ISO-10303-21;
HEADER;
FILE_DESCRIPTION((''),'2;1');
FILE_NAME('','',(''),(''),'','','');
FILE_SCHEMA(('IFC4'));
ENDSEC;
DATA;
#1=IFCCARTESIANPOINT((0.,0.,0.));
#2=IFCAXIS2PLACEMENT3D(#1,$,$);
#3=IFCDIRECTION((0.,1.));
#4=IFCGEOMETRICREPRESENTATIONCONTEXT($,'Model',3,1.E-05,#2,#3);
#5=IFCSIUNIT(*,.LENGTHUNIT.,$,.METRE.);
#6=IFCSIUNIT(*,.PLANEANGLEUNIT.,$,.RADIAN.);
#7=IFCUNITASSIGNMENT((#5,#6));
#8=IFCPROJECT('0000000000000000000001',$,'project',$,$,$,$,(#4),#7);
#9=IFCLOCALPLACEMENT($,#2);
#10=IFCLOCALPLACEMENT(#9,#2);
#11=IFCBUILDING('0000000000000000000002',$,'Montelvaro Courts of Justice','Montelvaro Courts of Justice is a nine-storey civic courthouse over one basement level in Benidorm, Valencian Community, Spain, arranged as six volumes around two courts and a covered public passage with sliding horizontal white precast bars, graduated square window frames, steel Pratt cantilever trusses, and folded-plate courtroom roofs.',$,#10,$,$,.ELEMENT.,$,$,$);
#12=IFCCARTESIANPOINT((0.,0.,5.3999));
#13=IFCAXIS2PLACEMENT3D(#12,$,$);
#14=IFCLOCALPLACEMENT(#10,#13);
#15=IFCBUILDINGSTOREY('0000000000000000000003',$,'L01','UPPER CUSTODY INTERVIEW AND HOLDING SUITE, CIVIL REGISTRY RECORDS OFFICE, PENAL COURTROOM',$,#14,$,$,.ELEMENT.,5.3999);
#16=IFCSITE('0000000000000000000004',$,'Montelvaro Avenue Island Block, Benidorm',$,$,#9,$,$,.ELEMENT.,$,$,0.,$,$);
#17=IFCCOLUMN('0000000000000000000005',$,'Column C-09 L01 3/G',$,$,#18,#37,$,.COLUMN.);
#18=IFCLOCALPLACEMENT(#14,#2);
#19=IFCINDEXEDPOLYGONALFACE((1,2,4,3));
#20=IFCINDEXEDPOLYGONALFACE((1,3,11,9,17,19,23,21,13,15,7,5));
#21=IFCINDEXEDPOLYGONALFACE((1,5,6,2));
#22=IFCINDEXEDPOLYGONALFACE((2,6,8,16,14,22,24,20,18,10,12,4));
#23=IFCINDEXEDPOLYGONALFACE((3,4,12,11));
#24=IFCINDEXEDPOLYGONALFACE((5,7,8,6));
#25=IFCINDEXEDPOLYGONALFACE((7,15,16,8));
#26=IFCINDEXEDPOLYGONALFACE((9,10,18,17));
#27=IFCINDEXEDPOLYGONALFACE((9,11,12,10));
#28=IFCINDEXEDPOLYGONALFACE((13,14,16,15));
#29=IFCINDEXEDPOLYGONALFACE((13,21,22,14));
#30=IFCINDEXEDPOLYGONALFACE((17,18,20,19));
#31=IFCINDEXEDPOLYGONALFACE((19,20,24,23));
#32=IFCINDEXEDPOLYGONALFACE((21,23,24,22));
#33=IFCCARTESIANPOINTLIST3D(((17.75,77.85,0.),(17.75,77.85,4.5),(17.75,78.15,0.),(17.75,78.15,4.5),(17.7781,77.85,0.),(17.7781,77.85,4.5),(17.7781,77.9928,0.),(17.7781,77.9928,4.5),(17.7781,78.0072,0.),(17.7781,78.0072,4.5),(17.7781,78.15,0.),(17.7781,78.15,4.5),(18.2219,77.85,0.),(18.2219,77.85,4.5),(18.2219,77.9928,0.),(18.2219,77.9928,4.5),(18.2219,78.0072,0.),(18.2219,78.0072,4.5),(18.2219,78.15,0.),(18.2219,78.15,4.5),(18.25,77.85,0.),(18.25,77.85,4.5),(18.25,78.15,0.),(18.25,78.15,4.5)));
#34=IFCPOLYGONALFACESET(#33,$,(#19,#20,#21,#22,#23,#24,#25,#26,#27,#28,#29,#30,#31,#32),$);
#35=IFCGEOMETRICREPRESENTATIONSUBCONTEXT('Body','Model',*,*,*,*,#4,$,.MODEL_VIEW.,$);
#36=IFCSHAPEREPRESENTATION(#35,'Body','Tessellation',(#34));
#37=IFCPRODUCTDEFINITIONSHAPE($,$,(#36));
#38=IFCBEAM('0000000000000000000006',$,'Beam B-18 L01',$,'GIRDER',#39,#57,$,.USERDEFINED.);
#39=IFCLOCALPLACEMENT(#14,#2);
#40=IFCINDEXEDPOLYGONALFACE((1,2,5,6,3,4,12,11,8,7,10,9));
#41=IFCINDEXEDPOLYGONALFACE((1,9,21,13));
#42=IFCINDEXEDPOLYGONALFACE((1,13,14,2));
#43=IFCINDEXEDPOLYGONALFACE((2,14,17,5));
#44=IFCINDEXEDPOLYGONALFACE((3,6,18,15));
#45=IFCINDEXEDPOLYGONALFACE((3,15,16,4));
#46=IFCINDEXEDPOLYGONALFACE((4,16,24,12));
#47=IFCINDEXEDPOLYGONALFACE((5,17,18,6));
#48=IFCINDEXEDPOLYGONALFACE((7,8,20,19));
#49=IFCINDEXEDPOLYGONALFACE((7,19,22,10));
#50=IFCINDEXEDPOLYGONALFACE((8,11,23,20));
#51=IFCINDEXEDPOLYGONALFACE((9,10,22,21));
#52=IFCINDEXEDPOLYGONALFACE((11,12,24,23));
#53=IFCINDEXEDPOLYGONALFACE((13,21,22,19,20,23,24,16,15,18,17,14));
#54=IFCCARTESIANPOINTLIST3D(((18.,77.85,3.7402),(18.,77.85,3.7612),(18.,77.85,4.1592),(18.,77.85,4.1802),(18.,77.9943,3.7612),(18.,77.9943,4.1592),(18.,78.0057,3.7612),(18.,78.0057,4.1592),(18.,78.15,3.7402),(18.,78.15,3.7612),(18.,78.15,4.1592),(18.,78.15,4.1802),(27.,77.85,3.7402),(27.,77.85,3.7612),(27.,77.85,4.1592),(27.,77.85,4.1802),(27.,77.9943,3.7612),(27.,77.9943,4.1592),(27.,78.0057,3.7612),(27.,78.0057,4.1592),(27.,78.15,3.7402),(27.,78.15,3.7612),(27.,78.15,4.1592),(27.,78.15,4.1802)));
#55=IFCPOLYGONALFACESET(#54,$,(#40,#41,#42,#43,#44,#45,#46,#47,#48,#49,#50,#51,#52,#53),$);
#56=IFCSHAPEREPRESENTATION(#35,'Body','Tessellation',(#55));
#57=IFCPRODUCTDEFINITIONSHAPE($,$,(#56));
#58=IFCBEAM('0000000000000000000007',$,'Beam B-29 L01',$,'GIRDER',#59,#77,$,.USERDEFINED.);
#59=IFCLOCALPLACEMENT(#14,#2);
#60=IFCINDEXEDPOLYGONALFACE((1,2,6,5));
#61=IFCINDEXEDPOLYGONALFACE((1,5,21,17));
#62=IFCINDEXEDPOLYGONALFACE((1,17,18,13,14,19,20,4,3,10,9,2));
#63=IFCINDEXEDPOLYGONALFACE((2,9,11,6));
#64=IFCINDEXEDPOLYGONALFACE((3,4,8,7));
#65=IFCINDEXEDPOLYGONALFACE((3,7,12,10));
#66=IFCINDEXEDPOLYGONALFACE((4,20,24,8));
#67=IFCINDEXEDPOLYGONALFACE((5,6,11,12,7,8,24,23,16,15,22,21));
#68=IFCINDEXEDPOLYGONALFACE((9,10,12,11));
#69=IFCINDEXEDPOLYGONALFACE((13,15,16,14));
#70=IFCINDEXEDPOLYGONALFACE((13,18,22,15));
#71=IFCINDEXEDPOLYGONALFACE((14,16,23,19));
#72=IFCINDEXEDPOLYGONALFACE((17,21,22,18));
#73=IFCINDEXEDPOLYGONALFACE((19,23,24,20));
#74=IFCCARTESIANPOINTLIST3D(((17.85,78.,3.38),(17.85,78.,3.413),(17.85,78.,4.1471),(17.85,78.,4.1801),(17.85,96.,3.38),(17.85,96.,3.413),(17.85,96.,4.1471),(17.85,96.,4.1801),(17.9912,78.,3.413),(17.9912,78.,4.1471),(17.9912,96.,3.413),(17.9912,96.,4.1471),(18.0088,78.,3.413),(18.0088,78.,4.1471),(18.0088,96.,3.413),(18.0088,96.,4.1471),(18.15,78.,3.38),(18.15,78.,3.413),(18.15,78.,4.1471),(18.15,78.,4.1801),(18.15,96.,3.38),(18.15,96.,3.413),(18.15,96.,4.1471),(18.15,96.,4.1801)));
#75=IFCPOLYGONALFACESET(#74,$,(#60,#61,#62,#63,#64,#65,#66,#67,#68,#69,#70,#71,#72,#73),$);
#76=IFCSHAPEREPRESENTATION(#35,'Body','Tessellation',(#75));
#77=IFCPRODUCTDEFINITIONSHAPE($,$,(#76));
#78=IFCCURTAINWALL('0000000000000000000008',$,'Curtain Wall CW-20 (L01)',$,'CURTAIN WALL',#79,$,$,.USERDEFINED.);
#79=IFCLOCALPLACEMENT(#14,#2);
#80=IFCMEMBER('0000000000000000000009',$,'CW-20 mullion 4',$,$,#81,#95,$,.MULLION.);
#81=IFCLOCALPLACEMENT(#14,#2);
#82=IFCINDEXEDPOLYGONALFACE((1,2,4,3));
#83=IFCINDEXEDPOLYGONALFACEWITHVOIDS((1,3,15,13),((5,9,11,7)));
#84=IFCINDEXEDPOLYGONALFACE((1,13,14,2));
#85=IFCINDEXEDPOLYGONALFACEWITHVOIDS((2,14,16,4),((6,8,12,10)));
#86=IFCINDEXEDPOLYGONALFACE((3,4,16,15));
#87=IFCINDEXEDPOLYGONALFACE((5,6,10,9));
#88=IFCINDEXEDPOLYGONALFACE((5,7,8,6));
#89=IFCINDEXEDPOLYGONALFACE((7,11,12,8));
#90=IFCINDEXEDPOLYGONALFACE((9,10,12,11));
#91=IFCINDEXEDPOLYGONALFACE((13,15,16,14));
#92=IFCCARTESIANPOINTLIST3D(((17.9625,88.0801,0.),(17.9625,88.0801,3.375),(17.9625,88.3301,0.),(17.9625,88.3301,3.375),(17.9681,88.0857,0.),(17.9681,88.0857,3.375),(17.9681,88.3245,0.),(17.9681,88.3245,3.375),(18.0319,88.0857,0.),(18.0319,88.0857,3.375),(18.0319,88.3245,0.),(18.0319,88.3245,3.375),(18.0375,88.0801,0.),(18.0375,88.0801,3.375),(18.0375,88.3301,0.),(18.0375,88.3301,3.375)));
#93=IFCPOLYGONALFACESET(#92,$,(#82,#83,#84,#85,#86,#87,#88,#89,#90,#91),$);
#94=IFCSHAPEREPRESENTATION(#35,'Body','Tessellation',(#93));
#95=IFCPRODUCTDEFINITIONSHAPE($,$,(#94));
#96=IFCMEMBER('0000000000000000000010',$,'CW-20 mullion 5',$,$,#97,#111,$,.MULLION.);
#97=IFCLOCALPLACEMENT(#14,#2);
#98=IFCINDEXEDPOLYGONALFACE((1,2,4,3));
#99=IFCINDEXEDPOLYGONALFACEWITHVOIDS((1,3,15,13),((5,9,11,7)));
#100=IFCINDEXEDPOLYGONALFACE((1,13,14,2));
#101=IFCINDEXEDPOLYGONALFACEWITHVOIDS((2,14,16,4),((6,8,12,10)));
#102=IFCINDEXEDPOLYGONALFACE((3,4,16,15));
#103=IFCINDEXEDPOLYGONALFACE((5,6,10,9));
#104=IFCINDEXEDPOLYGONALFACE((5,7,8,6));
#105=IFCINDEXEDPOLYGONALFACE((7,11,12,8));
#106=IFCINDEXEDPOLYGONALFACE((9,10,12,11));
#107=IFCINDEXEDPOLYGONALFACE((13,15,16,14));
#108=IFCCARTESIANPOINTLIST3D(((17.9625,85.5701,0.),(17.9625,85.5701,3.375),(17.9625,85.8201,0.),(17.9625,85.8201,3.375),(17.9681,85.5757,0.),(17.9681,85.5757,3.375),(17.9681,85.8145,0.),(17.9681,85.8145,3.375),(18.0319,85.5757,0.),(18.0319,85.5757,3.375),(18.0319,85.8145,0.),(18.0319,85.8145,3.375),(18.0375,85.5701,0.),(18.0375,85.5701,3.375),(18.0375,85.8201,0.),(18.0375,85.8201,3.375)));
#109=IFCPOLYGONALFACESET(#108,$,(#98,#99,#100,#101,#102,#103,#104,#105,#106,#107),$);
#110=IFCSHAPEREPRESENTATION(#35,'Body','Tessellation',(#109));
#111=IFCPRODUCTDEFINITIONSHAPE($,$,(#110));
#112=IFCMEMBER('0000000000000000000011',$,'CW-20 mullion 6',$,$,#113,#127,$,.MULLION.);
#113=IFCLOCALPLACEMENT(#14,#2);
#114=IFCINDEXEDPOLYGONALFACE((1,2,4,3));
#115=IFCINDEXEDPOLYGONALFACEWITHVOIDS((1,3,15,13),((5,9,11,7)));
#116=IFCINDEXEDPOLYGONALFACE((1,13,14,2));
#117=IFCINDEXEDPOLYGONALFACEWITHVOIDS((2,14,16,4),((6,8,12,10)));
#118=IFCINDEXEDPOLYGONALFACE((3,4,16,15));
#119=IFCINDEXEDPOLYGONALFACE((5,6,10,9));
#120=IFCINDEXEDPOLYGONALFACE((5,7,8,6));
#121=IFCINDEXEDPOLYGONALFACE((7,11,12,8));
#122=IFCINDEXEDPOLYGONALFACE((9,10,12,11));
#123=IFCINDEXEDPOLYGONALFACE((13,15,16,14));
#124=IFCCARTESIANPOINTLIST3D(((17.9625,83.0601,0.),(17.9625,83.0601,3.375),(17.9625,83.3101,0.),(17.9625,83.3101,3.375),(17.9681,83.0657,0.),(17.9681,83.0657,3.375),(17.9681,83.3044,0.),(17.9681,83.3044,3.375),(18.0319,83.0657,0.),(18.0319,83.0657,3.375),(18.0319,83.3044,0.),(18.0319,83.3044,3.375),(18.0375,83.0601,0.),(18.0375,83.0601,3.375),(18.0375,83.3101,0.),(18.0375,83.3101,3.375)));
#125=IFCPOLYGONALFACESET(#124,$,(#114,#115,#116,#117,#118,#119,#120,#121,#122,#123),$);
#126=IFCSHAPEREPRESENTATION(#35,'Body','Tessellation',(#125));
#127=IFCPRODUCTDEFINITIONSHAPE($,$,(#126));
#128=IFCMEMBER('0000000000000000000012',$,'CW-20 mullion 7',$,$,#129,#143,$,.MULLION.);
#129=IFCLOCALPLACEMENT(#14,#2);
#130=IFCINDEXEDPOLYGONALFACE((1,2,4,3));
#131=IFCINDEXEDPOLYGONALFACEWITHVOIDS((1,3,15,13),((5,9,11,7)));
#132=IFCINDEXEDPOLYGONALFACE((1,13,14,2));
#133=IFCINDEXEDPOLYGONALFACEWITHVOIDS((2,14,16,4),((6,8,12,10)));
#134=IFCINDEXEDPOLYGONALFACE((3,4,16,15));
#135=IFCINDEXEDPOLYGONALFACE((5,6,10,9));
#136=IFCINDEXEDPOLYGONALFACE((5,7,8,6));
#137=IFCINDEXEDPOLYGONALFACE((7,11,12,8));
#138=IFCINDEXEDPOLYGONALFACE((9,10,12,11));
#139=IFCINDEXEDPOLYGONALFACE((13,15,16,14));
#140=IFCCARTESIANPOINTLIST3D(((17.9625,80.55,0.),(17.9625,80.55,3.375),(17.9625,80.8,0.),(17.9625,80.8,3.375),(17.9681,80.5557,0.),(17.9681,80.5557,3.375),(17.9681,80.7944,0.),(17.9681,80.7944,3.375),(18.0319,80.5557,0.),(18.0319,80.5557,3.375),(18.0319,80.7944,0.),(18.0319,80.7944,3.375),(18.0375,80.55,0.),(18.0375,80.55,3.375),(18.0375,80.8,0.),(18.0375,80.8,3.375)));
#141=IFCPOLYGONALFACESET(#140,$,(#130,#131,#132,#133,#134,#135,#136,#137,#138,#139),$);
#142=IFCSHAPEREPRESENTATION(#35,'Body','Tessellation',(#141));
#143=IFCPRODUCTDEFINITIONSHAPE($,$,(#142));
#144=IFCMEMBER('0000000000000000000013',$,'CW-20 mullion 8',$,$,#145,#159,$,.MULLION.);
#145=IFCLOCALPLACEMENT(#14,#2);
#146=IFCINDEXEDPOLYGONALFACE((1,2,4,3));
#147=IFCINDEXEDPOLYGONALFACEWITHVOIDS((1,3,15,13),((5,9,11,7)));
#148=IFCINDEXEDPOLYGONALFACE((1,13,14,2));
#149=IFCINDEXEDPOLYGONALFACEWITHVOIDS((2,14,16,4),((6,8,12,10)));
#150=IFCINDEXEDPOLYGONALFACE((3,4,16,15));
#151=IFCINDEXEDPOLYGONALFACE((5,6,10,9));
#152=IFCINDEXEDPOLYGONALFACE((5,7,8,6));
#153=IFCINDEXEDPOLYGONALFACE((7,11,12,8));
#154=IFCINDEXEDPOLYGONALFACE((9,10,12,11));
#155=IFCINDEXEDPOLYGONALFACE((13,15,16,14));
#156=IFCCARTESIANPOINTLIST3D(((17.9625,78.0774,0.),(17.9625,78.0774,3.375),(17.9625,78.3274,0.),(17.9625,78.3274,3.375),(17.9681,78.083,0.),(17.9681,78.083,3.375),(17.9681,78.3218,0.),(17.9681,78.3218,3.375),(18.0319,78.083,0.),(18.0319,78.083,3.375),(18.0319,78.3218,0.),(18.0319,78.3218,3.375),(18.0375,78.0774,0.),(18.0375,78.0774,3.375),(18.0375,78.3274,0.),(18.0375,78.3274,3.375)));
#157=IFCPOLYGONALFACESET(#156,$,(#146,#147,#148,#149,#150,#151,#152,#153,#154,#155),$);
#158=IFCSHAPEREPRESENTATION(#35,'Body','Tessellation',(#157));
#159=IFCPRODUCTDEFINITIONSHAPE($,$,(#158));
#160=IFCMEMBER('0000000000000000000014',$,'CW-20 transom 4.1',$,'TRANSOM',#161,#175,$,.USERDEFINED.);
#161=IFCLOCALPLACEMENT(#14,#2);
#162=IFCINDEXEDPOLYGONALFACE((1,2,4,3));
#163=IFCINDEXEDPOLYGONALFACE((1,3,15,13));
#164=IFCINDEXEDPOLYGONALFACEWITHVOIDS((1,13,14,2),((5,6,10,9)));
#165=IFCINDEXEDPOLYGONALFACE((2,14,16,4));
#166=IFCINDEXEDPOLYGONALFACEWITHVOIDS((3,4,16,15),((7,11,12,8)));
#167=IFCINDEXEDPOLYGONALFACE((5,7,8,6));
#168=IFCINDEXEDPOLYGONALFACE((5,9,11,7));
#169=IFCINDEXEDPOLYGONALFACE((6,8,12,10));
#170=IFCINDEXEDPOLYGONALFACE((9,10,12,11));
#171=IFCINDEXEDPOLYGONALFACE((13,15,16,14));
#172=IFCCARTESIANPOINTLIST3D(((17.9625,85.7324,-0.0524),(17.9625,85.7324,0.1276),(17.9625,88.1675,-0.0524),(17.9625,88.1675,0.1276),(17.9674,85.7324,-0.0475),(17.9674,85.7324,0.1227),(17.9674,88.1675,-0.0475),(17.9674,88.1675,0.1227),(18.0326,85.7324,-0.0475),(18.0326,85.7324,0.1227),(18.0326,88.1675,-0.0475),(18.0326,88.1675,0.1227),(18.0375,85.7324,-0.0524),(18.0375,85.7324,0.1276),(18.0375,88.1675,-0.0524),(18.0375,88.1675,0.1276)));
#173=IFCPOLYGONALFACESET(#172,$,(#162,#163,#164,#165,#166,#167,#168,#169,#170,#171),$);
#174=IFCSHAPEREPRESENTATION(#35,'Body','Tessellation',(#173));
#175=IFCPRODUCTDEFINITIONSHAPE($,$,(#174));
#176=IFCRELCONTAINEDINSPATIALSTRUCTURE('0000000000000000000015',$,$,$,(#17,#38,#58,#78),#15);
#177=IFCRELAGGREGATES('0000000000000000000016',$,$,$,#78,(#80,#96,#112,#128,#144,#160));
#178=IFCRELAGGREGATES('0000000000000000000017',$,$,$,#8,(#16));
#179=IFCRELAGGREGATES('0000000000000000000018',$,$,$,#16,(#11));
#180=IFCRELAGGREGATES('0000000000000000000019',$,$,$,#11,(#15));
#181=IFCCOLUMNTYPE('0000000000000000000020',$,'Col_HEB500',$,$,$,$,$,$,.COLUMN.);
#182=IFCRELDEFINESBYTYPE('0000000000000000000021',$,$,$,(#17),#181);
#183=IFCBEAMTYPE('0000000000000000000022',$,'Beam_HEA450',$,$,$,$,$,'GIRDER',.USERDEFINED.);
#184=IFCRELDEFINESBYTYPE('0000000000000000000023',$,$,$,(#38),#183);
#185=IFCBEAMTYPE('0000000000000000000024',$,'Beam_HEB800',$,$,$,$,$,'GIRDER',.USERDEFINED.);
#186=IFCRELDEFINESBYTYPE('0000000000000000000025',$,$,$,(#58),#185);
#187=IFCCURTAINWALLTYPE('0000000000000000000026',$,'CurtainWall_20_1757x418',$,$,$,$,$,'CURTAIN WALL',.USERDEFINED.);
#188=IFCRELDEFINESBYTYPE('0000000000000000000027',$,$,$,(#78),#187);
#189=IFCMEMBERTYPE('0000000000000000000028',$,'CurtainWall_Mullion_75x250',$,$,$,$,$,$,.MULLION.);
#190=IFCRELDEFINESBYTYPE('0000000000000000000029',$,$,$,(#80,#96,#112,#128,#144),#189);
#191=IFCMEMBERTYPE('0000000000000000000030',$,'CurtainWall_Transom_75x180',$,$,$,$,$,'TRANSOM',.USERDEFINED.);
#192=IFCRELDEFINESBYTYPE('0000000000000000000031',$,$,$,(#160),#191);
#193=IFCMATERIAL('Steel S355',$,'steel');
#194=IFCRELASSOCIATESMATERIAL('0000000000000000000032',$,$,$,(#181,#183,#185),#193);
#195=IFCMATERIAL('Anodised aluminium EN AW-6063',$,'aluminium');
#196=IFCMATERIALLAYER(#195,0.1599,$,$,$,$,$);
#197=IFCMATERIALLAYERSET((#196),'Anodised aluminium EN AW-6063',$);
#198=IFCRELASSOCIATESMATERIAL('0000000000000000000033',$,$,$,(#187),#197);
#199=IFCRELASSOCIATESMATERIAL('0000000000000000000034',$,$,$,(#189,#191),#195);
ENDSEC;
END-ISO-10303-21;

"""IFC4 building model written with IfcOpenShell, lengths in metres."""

from ifc_helpers import new_model, si_unit, direction, frame, origin, origin_2d, place, context, subcontext, project, spatial, hollow_rectangle, i_section, extrude, material, layer, layer_set, material_profile, profile_set, type_object, element, aggregate, save


model = new_model("IFC4")

# Units and contexts
model_context = context("Model", 3, precision=1e-05, world=origin(), true_north=direction((0.0, 1.0)))
body_context = subcontext(model_context, "Body", "Model", "MODEL_VIEW")
ifc_project = project(units=[si_unit("LENGTHUNIT", "METRE"), si_unit("PLANEANGLEUNIT", "RADIAN")], contexts=[model_context])

# Site, building, storey
site_placement = place(None, origin())
site = spatial("IfcSite", under=ifc_project, at=site_placement, Name="Montelvaro Avenue Island Block, Benidorm", CompositionType="ELEMENT", RefElevation=0.0)
building_placement = place(site_placement, origin())
building = spatial("IfcBuilding", under=site, at=building_placement, Name="Montelvaro Courts of Justice", Description="Montelvaro Courts of Justice is a nine-storey civic courthouse over one basement level in Benidorm, Valencian Community, Spain, arranged as six volumes around two courts and a covered public passage with sliding horizontal white precast bars, graduated square window frames, steel Pratt cantilever trusses, and folded-plate courtroom roofs.", CompositionType="ELEMENT")
storey_placement = place(building_placement, frame((0.0, 0.0, 5.3999)))
storey = spatial("IfcBuildingStorey", under=building, at=storey_placement, Name="L01", Description="UPPER CUSTODY INTERVIEW AND HOLDING SUITE, CIVIL REGISTRY RECORDS OFFICE, PENAL COURTROOM", CompositionType="ELEMENT", Elevation=5.3999)

# Column
ifc_material_1 = material(Name="Steel S355", Category="steel")
ifc_material_profile_1 = material_profile(ifc_material_1, i_section(OverallWidth=0.3, OverallDepth=0.5, WebThickness=0.0144, FlangeThickness=0.0281, at=origin_2d()), Name="HEB 500")
ifc_profile_set_1 = profile_set([ifc_material_profile_1], Name="Steel S355")
column_type = type_object("IfcColumnType", Name="Col_HEB500", PredefinedType="COLUMN", material=ifc_profile_set_1)
column_placement = place(storey_placement, frame((18.0, 78.0, 0.0), z_axis=(0.0, 0.0, 1.0), x_axis=(0.0, 1.0, 0.0)))
element("IfcColumn", 1, at=column_placement, inside=storey, type_object=column_type, Name="Column C-09 L01 3/G", PredefinedType="COLUMN", context=body_context, shape_type="SweptSolid", body=[
    extrude(i_section(OverallWidth=0.3, OverallDepth=0.5, WebThickness=0.0144, FlangeThickness=0.0281, at=origin_2d()), origin(), (0.0, 0.0, 1.0), 4.5),
])

# Beams
ifc_material_profile_2 = material_profile(ifc_material_1, i_section(OverallWidth=0.3, OverallDepth=0.4399, WebThickness=0.0115, FlangeThickness=0.021, at=origin_2d()), Name="HEA 450")
ifc_profile_set_2 = profile_set([ifc_material_profile_2], Name="Steel S355")
beam_type_1 = type_object("IfcBeamType", Name="Beam_HEA450", ElementType="GIRDER", PredefinedType="USERDEFINED", material=ifc_profile_set_2)
beam_1_placement = place(storey_placement, frame((18.0, 78.0, 3.9602), z_axis=(1.0, 0.0, 0.0), x_axis=(0.0, 1.0, 0.0)))
element("IfcBeam", 2, at=beam_1_placement, inside=storey, type_object=beam_type_1, Name="Beam B-18 L01", ObjectType="GIRDER", PredefinedType="USERDEFINED", context=body_context, shape_type="SweptSolid", body=[
    extrude(i_section(OverallWidth=0.3, OverallDepth=0.4399, WebThickness=0.0115, FlangeThickness=0.021, at=origin_2d()), origin(), (0.0, 0.0, 1.0), 9.0),
])
ifc_material_profile_3 = material_profile(ifc_material_1, i_section(OverallWidth=0.3, OverallDepth=0.8, WebThickness=0.0176, FlangeThickness=0.033, at=origin_2d()), Name="HEB 800")
ifc_profile_set_3 = profile_set([ifc_material_profile_3], Name="Steel S355")
beam_type_2 = type_object("IfcBeamType", Name="Beam_HEB800", ElementType="GIRDER", PredefinedType="USERDEFINED", material=ifc_profile_set_3)
beam_2_placement = place(storey_placement, frame((18.0, 78.0, 3.78), z_axis=(0.0, 1.0, 0.0), x_axis=(-1.0, 0.0, 0.0)))
element("IfcBeam", 3, at=beam_2_placement, inside=storey, type_object=beam_type_2, Name="Beam B-29 L01", ObjectType="GIRDER", PredefinedType="USERDEFINED", context=body_context, shape_type="SweptSolid", body=[
    extrude(i_section(OverallWidth=0.3, OverallDepth=0.8, WebThickness=0.0176, FlangeThickness=0.033, at=origin_2d()), origin(), (0.0, 0.0, 1.0), 18.0),
])

# Curtain wall, members
ifc_material_2 = material(Name="Anodised aluminium EN AW-6063", Category="aluminium")
ifc_layer_1 = layer(ifc_material_2, 0.1599)
ifc_layer_set_1 = layer_set([ifc_layer_1], Name="Anodised aluminium EN AW-6063")
curtain_wall_type = type_object("IfcCurtainWallType", Name="CurtainWall_20_1757x418", ElementType="CURTAIN WALL", PredefinedType="USERDEFINED", material=ifc_layer_set_1)
curtain_wall_placement = place(storey_placement, origin())
curtain_wall = element("IfcCurtainWall", 4, at=curtain_wall_placement, inside=storey, type_object=curtain_wall_type, Name="Curtain Wall CW-20 (L01)", ObjectType="CURTAIN WALL", PredefinedType="USERDEFINED")
ifc_material_profile_4 = material_profile(ifc_material_2, hollow_rectangle(XDim=0.075, YDim=0.25, WallThickness=0.0056, at=origin_2d()), Name="ALU-M 75x250")
ifc_profile_set_4 = profile_set([ifc_material_profile_4], Name="Anodised aluminium EN AW-6063")
member_type_1 = type_object("IfcMemberType", Name="CurtainWall_Mullion_75x250", PredefinedType="MULLION", material=ifc_profile_set_4)
member_1_placement = place(storey_placement, frame((18.0, 88.2051, 0.0), z_axis=(0.0, 0.0, 1.0), x_axis=(1.0, 0.0, 0.0)))
member_1 = element("IfcMember", 5, at=member_1_placement, type_object=member_type_1, Name="CW-20 mullion 4", PredefinedType="MULLION", context=body_context, shape_type="SweptSolid", body=[
    extrude(hollow_rectangle(XDim=0.075, YDim=0.25, WallThickness=0.0056, at=origin_2d()), origin(), (0.0, 0.0, 1.0), 3.375),
])
member_2_placement = place(storey_placement, frame((18.0, 85.6951, 0.0), z_axis=(0.0, 0.0, 1.0), x_axis=(1.0, 0.0, 0.0)))
member_2 = element("IfcMember", 6, at=member_2_placement, type_object=member_type_1, Name="CW-20 mullion 5", PredefinedType="MULLION", context=body_context, shape_type="SweptSolid", body=[
    extrude(hollow_rectangle(XDim=0.075, YDim=0.25, WallThickness=0.0056, at=origin_2d()), origin(), (0.0, 0.0, 1.0), 3.375),
])
member_3_placement = place(storey_placement, frame((18.0, 83.1851, 0.0), z_axis=(0.0, 0.0, 1.0), x_axis=(1.0, 0.0, 0.0)))
member_3 = element("IfcMember", 7, at=member_3_placement, type_object=member_type_1, Name="CW-20 mullion 6", PredefinedType="MULLION", context=body_context, shape_type="SweptSolid", body=[
    extrude(hollow_rectangle(XDim=0.075, YDim=0.25, WallThickness=0.0056, at=origin_2d()), origin(), (0.0, 0.0, 1.0), 3.375),
])
member_4_placement = place(storey_placement, frame((18.0, 80.675, 0.0), z_axis=(0.0, 0.0, 1.0), x_axis=(1.0, 0.0, 0.0)))
member_4 = element("IfcMember", 8, at=member_4_placement, type_object=member_type_1, Name="CW-20 mullion 7", PredefinedType="MULLION", context=body_context, shape_type="SweptSolid", body=[
    extrude(hollow_rectangle(XDim=0.075, YDim=0.25, WallThickness=0.0056, at=origin_2d()), origin(), (0.0, 0.0, 1.0), 3.375),
])
member_5_placement = place(storey_placement, frame((18.0, 78.2024, 0.0), z_axis=(0.0, 0.0, 1.0), x_axis=(1.0, 0.0, 0.0)))
member_5 = element("IfcMember", 9, at=member_5_placement, type_object=member_type_1, Name="CW-20 mullion 8", PredefinedType="MULLION", context=body_context, shape_type="SweptSolid", body=[
    extrude(hollow_rectangle(XDim=0.075, YDim=0.25, WallThickness=0.0056, at=origin_2d()), origin(), (0.0, 0.0, 1.0), 3.375),
])
ifc_material_profile_5 = material_profile(ifc_material_2, hollow_rectangle(XDim=0.075, YDim=0.1799, WallThickness=0.0049, at=origin_2d()), Name="ALU-T 75x180")
ifc_profile_set_5 = profile_set([ifc_material_profile_5], Name="Anodised aluminium EN AW-6063")
member_type_2 = type_object("IfcMemberType", Name="CurtainWall_Transom_75x180", ElementType="TRANSOM", PredefinedType="USERDEFINED", material=ifc_profile_set_5)
member_6_placement = place(storey_placement, frame((18.0, 88.1675, 0.0376), z_axis=(0.0, -1.0, 0.0), x_axis=(1.0, 0.0, 0.0)))
member_6 = element("IfcMember", 10, at=member_6_placement, type_object=member_type_2, Name="CW-20 transom 4.1", ObjectType="TRANSOM", PredefinedType="USERDEFINED", context=body_context, shape_type="SweptSolid", body=[
    extrude(hollow_rectangle(XDim=0.075, YDim=0.1799, WallThickness=0.0049, at=origin_2d()), origin(), (0.0, 0.0, 1.0), 2.4351),
])
aggregate(curtain_wall, [member_1, member_2, member_3, member_4, member_5, member_6])

save(model, "model.ifc")
